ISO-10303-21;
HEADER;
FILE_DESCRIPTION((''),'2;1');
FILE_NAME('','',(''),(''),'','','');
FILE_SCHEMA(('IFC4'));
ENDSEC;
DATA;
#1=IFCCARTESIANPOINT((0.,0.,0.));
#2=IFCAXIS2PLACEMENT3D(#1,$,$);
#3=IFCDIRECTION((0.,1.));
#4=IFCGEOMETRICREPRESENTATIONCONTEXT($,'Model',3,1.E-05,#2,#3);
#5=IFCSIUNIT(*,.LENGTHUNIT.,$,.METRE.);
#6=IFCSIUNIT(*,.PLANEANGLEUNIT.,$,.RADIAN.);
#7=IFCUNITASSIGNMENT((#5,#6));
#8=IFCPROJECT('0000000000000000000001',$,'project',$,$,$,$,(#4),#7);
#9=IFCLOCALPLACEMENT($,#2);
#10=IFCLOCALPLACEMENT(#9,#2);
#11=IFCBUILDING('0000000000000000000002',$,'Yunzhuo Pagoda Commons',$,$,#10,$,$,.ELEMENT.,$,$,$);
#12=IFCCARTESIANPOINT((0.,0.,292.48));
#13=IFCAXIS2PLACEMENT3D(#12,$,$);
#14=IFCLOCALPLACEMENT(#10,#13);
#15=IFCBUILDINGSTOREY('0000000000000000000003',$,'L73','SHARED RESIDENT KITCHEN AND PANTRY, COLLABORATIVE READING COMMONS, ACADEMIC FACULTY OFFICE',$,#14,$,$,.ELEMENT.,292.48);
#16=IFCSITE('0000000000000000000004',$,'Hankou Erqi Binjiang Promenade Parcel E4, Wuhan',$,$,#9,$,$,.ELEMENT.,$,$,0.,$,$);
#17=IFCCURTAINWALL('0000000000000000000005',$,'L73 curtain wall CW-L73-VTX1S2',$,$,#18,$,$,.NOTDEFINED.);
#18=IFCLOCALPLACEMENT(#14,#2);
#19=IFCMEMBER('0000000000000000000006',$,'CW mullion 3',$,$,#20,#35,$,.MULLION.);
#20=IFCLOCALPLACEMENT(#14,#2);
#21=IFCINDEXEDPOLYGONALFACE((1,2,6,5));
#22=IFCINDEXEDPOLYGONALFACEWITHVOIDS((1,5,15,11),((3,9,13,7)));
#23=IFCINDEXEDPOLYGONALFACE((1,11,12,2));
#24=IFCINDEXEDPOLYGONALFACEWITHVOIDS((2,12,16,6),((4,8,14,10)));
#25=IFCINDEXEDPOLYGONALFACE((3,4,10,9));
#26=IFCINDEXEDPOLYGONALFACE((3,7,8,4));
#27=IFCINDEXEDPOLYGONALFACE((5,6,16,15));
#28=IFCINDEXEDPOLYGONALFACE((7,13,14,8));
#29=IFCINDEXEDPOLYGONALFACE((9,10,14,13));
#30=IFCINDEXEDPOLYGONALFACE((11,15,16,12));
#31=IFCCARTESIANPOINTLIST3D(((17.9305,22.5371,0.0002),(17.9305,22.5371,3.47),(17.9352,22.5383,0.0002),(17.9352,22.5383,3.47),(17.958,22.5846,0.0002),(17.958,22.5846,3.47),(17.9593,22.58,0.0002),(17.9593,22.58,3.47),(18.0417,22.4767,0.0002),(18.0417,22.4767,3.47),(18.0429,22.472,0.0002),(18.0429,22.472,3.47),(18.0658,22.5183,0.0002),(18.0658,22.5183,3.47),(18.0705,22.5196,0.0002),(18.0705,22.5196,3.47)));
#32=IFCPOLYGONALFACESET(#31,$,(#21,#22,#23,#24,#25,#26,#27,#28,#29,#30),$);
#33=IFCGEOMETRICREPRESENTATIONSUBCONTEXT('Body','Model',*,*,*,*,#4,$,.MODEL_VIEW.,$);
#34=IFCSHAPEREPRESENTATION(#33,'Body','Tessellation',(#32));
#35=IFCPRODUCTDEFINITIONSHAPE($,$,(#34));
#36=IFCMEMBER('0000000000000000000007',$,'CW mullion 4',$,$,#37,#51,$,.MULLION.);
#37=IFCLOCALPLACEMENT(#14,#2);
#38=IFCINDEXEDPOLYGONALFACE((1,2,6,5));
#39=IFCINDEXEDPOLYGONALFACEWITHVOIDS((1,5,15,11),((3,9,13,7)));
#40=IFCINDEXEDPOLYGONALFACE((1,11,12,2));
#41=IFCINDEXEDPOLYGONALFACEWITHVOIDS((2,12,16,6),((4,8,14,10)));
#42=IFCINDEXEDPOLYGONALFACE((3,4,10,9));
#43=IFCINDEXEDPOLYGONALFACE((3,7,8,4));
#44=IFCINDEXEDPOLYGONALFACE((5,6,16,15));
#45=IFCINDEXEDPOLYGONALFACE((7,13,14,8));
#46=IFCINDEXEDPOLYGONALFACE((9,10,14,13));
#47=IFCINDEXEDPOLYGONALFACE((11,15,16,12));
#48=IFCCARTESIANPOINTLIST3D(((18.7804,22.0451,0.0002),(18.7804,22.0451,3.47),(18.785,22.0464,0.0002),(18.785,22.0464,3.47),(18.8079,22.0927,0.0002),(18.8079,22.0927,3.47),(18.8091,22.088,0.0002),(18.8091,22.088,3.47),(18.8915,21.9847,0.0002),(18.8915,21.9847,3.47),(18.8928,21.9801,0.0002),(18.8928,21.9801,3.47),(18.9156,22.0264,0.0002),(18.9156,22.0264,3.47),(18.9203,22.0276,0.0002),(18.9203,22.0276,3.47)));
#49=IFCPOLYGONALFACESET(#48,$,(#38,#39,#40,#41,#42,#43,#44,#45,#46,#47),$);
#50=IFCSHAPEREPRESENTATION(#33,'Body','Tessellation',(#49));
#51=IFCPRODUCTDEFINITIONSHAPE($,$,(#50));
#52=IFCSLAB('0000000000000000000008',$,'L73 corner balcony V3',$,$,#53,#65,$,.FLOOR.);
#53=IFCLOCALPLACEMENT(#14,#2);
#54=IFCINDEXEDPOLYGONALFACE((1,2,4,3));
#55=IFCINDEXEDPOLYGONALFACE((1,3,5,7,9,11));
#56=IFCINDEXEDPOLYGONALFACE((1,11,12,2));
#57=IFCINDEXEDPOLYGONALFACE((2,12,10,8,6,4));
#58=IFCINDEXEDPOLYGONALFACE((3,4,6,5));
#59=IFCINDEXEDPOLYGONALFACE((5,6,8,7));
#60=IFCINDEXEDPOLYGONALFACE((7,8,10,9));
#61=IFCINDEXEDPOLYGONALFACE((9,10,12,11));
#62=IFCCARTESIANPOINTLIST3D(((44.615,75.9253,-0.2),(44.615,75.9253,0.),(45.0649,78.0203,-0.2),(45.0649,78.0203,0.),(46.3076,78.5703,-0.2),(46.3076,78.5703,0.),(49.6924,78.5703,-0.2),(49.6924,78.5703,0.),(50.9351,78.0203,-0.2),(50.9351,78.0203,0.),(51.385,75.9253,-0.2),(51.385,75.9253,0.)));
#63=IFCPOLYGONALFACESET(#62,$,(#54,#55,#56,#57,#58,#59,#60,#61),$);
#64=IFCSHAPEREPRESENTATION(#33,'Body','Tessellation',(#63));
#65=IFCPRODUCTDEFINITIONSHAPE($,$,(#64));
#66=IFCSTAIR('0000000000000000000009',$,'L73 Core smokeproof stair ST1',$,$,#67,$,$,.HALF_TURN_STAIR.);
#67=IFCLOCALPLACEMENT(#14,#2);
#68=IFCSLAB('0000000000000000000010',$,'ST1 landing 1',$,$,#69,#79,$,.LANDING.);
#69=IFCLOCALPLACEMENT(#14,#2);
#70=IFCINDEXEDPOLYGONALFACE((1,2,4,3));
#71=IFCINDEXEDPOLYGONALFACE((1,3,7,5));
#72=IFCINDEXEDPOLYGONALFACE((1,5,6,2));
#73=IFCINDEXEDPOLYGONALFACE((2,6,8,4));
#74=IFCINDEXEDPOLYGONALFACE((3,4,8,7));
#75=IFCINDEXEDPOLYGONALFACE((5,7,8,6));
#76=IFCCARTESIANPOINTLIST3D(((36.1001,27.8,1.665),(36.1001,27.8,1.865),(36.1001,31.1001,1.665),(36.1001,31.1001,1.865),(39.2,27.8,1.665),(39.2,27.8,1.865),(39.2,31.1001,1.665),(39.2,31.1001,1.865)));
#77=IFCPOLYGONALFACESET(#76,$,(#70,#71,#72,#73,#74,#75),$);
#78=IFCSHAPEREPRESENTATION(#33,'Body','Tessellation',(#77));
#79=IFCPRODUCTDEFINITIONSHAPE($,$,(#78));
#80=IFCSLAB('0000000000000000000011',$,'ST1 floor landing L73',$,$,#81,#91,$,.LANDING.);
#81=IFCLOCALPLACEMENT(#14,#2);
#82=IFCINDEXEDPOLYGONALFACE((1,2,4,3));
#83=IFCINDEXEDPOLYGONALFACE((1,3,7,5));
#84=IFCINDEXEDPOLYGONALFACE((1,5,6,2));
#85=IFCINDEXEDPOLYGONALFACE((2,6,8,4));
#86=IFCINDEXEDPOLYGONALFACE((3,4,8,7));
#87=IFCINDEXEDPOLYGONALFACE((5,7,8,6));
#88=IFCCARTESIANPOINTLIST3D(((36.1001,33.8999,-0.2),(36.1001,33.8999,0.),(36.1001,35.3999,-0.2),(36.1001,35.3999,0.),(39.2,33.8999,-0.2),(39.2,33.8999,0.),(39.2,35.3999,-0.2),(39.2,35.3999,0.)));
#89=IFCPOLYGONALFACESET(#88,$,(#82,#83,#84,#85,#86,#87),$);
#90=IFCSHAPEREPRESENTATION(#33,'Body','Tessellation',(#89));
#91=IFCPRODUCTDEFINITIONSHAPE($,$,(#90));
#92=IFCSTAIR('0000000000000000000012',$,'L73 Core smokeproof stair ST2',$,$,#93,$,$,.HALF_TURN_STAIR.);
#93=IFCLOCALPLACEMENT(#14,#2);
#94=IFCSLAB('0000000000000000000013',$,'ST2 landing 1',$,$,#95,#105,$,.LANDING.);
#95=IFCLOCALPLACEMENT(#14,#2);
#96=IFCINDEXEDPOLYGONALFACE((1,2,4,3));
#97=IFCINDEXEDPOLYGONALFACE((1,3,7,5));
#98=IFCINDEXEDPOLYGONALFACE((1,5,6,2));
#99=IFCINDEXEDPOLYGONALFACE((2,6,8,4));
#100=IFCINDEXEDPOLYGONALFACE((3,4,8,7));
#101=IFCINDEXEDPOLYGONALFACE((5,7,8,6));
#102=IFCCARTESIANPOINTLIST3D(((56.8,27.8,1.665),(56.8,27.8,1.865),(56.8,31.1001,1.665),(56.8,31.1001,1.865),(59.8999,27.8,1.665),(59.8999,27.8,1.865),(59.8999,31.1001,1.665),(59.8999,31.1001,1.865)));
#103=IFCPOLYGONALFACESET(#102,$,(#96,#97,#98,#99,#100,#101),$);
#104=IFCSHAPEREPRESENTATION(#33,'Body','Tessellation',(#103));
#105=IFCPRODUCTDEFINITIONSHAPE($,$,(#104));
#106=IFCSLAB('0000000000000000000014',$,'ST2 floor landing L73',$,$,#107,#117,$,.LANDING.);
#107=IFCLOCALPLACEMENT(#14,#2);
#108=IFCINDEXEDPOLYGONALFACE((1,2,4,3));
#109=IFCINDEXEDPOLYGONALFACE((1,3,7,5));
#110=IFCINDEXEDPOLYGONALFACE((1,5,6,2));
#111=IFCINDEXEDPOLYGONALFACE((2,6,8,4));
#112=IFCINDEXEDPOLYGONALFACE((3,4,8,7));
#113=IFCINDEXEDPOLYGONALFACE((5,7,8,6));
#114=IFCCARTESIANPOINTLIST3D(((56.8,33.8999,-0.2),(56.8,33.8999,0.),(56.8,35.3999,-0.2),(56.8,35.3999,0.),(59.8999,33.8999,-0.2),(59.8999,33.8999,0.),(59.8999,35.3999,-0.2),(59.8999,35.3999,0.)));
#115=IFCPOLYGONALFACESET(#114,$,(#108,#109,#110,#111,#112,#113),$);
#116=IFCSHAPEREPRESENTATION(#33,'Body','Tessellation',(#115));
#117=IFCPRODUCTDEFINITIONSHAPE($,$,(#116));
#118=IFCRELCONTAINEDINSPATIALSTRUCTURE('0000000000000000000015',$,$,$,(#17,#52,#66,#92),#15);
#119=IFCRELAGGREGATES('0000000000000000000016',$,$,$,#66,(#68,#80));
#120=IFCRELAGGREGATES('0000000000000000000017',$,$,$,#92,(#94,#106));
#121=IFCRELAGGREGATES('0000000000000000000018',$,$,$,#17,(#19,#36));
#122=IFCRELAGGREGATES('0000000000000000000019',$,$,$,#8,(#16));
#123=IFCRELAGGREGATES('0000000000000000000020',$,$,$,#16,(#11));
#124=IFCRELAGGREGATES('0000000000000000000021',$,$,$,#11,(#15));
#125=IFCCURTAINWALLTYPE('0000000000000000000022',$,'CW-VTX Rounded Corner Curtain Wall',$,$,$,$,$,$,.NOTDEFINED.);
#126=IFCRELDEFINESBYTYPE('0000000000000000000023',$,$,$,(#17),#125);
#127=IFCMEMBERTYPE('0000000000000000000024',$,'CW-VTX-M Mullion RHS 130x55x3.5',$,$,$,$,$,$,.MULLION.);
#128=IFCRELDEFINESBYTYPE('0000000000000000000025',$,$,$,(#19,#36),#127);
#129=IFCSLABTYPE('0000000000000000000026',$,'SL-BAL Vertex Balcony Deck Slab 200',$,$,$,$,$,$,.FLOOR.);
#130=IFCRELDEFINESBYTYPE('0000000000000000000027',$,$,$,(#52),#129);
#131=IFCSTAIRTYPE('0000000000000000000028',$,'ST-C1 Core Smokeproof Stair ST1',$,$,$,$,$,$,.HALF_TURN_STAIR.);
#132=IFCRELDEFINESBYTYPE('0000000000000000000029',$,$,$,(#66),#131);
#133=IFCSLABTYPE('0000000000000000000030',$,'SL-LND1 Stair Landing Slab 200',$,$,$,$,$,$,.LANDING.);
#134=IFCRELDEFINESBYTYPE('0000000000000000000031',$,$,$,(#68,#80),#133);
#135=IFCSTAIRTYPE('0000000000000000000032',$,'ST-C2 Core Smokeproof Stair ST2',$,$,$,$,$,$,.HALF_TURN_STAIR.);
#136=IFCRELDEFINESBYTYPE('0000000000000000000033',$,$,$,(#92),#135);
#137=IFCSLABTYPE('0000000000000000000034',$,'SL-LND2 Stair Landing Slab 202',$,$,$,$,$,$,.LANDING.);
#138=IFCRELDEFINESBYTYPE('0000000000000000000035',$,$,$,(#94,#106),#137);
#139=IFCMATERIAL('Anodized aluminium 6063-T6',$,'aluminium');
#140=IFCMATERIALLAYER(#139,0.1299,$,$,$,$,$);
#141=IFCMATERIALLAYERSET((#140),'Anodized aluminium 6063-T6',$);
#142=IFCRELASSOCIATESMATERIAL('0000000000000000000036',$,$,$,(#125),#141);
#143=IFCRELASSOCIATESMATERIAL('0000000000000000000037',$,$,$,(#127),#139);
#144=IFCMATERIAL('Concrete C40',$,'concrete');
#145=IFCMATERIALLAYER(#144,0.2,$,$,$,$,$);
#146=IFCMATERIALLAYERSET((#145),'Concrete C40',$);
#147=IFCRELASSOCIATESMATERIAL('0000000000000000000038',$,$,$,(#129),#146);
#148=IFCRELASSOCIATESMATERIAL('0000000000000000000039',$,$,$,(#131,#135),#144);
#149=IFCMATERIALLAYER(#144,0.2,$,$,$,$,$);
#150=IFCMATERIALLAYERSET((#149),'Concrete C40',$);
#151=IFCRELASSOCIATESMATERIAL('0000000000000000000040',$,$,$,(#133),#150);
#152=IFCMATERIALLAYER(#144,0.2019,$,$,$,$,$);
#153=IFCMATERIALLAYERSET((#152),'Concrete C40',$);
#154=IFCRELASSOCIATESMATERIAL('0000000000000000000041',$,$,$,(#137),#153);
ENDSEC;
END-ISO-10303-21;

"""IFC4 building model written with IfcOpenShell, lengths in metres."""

from ifc_helpers import new_model, si_unit, direction, frame, origin, origin_2d, place, context, subcontext, project, spatial, polyline, hollow_rectangle, outline, extrude, source, transform, mapped, material, layer, layer_set, material_profile, profile_set, type_object, element, aggregate, save


model = new_model("IFC4")

# Units and contexts
model_context = context("Model", 3, precision=1e-05, world=origin(), true_north=direction((0.0, 1.0)))
body_context = subcontext(model_context, "Body", "Model", "MODEL_VIEW")
ifc_project = project(units=[si_unit("LENGTHUNIT", "METRE"), si_unit("PLANEANGLEUNIT", "RADIAN")], contexts=[model_context])

# Site, building, storey
site_placement = place(None, origin())
site = spatial("IfcSite", under=ifc_project, at=site_placement, Name="Hankou Erqi Binjiang Promenade Parcel E4, Wuhan", CompositionType="ELEMENT", RefElevation=0.0)
building_placement = place(site_placement, origin())
building = spatial("IfcBuilding", under=site, at=building_placement, Name="Yunzhuo Pagoda Commons", CompositionType="ELEMENT")
storey_placement = place(building_placement, frame((0.0, 0.0, 292.48)))
storey = spatial("IfcBuildingStorey", under=building, at=storey_placement, Name="L73", Description="SHARED RESIDENT KITCHEN AND PANTRY, COLLABORATIVE READING COMMONS, ACADEMIC FACULTY OFFICE", CompositionType="ELEMENT", Elevation=292.48)

# Curtain wall, members
ifc_material_1 = material(Name="Anodized aluminium 6063-T6", Category="aluminium")
ifc_layer_1 = layer(ifc_material_1, 0.1299)
ifc_layer_set_1 = layer_set([ifc_layer_1], Name="Anodized aluminium 6063-T6")
curtain_wall_type_1 = type_object("IfcCurtainWallType", Name="CW-VTX Rounded Corner Curtain Wall", PredefinedType="NOTDEFINED", material=ifc_layer_set_1)
curtain_wall_1_placement = place(storey_placement, origin())
curtain_wall_1 = element("IfcCurtainWall", 1, at=curtain_wall_1_placement, inside=storey, type_object=curtain_wall_type_1, Name="L73 curtain wall CW-L73-VTX1S2", PredefinedType="NOTDEFINED")
ifc_material_profile_1 = material_profile(ifc_material_1, hollow_rectangle(XDim=0.0549, YDim=0.1299, WallThickness=0.0034, at=origin_2d()), Name="Anodized aluminium 6063-T6")
ifc_profile_set_1 = profile_set([ifc_material_profile_1], Name="Anodized aluminium 6063-T6")
member_type_1 = type_object("IfcMemberType", Name="CW-VTX-M Mullion RHS 130x55x3.5", PredefinedType="MULLION", material=ifc_profile_set_1)
shared_shape_1 = source(origin(), body_context, "Body", "SweptSolid", [
    extrude(hollow_rectangle(XDim=0.0549, YDim=0.1299, WallThickness=0.0034, at=origin_2d()), origin(), (0.0, 0.0, 1.0), 3.4697),
])
member_1_placement = place(storey_placement, frame((18.0005, 22.5283, 0.0002), z_axis=(0.0, 0.0, 1.0), x_axis=(0.501017, 0.865437, 0.0)))
member_1 = element("IfcMember", 2, at=member_1_placement, type_object=member_type_1, Name="CW mullion 3", PredefinedType="MULLION", context=body_context, shape_type="MappedRepresentation", body=[
    mapped(shared_shape_1, transform((0.0, 0.0, 0.0), scale=1.0)),
])
member_2_placement = place(storey_placement, frame((18.8503, 22.0364, 0.0002), z_axis=(0.0, 0.0, 1.0), x_axis=(0.501017, 0.865437, 0.0)))
member_2 = element("IfcMember", 3, at=member_2_placement, type_object=member_type_1, Name="CW mullion 4", PredefinedType="MULLION", context=body_context, shape_type="MappedRepresentation", body=[
    mapped(shared_shape_1, transform((0.0, 0.0, 0.0), scale=1.0)),
])

# Slab
ifc_material_2 = material(Name="Concrete C40", Category="concrete")
ifc_layer_2 = layer(ifc_material_2, 0.2)
ifc_layer_set_2 = layer_set([ifc_layer_2], Name="Concrete C40")
slab_type_1 = type_object("IfcSlabType", Name="SL-BAL Vertex Balcony Deck Slab 200", PredefinedType="FLOOR", material=ifc_layer_set_2)
slab_1_placement = place(storey_placement, frame((0.0, 0.0, -0.2)))
element("IfcSlab", 4, at=slab_1_placement, inside=storey, type_object=slab_type_1, Name="L73 corner balcony V3", PredefinedType="FLOOR", context=body_context, shape_type="SweptSolid", body=[
    extrude(outline(polyline([(51.385, 75.9253), (44.615, 75.9253), (45.0649, 78.0203), (46.3076, 78.5703), (49.6924, 78.5703), (50.9351, 78.0203), (51.385, 75.9253)])), origin(), (0.0, 0.0, 1.0), 0.2),
])

# Stairs, slabs
stair_type_1 = type_object("IfcStairType", Name="ST-C1 Core Smokeproof Stair ST1", PredefinedType="HALF_TURN_STAIR", material=ifc_material_2)
stair_1_placement = place(storey_placement, origin())
stair_1 = element("IfcStair", 5, at=stair_1_placement, inside=storey, type_object=stair_type_1, Name="L73 Core smokeproof stair ST1", PredefinedType="HALF_TURN_STAIR")
ifc_layer_3 = layer(ifc_material_2, 0.2)
ifc_layer_set_3 = layer_set([ifc_layer_3], Name="Concrete C40")
slab_type_2 = type_object("IfcSlabType", Name="SL-LND1 Stair Landing Slab 200", PredefinedType="LANDING", material=ifc_layer_set_3)
slab_2_placement = place(storey_placement, frame((0.0, 0.0, 1.665)))
slab_2 = element("IfcSlab", 6, at=slab_2_placement, type_object=slab_type_2, Name="ST1 landing 1", PredefinedType="LANDING", context=body_context, shape_type="SweptSolid", body=[
    extrude(outline(polyline([(36.1001, 31.1001), (36.1001, 27.8), (39.2, 27.8), (39.2, 31.1001), (36.1001, 31.1001)])), origin(), (0.0, 0.0, 1.0), 0.2),
])
slab_3_placement = place(storey_placement, frame((0.0, 0.0, -0.2)))
slab_3 = element("IfcSlab", 7, at=slab_3_placement, type_object=slab_type_2, Name="ST1 floor landing L73", PredefinedType="LANDING", context=body_context, shape_type="SweptSolid", body=[
    extrude(outline(polyline([(36.1001, 35.3999), (36.1001, 33.8999), (39.2, 33.8999), (39.2, 35.3999), (36.1001, 35.3999)])), origin(), (0.0, 0.0, 1.0), 0.2),
])
aggregate(stair_1, [slab_2, slab_3])
stair_type_2 = type_object("IfcStairType", Name="ST-C2 Core Smokeproof Stair ST2", PredefinedType="HALF_TURN_STAIR", material=ifc_material_2)
stair_2_placement = place(storey_placement, origin())
stair_2 = element("IfcStair", 8, at=stair_2_placement, inside=storey, type_object=stair_type_2, Name="L73 Core smokeproof stair ST2", PredefinedType="HALF_TURN_STAIR")
ifc_layer_4 = layer(ifc_material_2, 0.2019)
ifc_layer_set_4 = layer_set([ifc_layer_4], Name="Concrete C40")
slab_type_3 = type_object("IfcSlabType", Name="SL-LND2 Stair Landing Slab 202", PredefinedType="LANDING", material=ifc_layer_set_4)
slab_4_placement = place(storey_placement, frame((0.0, 0.0, 1.665)))
slab_4 = element("IfcSlab", 9, at=slab_4_placement, type_object=slab_type_3, Name="ST2 landing 1", PredefinedType="LANDING", context=body_context, shape_type="SweptSolid", body=[
    extrude(outline(polyline([(56.8, 31.1001), (56.8, 27.8), (59.8999, 27.8), (59.8999, 31.1001), (56.8, 31.1001)])), origin(), (0.0, 0.0, 1.0), 0.2),
])
slab_5_placement = place(storey_placement, frame((0.0, 0.0, -0.2)))
slab_5 = element("IfcSlab", 10, at=slab_5_placement, type_object=slab_type_3, Name="ST2 floor landing L73", PredefinedType="LANDING", context=body_context, shape_type="SweptSolid", body=[
    extrude(outline(polyline([(56.8, 35.3999), (56.8, 33.8999), (59.8999, 33.8999), (59.8999, 35.3999), (56.8, 35.3999)])), origin(), (0.0, 0.0, 1.0), 0.2),
])
aggregate(stair_2, [slab_4, slab_5])

aggregate(curtain_wall_1, [member_1, member_2])

save(model, "model.ifc")
